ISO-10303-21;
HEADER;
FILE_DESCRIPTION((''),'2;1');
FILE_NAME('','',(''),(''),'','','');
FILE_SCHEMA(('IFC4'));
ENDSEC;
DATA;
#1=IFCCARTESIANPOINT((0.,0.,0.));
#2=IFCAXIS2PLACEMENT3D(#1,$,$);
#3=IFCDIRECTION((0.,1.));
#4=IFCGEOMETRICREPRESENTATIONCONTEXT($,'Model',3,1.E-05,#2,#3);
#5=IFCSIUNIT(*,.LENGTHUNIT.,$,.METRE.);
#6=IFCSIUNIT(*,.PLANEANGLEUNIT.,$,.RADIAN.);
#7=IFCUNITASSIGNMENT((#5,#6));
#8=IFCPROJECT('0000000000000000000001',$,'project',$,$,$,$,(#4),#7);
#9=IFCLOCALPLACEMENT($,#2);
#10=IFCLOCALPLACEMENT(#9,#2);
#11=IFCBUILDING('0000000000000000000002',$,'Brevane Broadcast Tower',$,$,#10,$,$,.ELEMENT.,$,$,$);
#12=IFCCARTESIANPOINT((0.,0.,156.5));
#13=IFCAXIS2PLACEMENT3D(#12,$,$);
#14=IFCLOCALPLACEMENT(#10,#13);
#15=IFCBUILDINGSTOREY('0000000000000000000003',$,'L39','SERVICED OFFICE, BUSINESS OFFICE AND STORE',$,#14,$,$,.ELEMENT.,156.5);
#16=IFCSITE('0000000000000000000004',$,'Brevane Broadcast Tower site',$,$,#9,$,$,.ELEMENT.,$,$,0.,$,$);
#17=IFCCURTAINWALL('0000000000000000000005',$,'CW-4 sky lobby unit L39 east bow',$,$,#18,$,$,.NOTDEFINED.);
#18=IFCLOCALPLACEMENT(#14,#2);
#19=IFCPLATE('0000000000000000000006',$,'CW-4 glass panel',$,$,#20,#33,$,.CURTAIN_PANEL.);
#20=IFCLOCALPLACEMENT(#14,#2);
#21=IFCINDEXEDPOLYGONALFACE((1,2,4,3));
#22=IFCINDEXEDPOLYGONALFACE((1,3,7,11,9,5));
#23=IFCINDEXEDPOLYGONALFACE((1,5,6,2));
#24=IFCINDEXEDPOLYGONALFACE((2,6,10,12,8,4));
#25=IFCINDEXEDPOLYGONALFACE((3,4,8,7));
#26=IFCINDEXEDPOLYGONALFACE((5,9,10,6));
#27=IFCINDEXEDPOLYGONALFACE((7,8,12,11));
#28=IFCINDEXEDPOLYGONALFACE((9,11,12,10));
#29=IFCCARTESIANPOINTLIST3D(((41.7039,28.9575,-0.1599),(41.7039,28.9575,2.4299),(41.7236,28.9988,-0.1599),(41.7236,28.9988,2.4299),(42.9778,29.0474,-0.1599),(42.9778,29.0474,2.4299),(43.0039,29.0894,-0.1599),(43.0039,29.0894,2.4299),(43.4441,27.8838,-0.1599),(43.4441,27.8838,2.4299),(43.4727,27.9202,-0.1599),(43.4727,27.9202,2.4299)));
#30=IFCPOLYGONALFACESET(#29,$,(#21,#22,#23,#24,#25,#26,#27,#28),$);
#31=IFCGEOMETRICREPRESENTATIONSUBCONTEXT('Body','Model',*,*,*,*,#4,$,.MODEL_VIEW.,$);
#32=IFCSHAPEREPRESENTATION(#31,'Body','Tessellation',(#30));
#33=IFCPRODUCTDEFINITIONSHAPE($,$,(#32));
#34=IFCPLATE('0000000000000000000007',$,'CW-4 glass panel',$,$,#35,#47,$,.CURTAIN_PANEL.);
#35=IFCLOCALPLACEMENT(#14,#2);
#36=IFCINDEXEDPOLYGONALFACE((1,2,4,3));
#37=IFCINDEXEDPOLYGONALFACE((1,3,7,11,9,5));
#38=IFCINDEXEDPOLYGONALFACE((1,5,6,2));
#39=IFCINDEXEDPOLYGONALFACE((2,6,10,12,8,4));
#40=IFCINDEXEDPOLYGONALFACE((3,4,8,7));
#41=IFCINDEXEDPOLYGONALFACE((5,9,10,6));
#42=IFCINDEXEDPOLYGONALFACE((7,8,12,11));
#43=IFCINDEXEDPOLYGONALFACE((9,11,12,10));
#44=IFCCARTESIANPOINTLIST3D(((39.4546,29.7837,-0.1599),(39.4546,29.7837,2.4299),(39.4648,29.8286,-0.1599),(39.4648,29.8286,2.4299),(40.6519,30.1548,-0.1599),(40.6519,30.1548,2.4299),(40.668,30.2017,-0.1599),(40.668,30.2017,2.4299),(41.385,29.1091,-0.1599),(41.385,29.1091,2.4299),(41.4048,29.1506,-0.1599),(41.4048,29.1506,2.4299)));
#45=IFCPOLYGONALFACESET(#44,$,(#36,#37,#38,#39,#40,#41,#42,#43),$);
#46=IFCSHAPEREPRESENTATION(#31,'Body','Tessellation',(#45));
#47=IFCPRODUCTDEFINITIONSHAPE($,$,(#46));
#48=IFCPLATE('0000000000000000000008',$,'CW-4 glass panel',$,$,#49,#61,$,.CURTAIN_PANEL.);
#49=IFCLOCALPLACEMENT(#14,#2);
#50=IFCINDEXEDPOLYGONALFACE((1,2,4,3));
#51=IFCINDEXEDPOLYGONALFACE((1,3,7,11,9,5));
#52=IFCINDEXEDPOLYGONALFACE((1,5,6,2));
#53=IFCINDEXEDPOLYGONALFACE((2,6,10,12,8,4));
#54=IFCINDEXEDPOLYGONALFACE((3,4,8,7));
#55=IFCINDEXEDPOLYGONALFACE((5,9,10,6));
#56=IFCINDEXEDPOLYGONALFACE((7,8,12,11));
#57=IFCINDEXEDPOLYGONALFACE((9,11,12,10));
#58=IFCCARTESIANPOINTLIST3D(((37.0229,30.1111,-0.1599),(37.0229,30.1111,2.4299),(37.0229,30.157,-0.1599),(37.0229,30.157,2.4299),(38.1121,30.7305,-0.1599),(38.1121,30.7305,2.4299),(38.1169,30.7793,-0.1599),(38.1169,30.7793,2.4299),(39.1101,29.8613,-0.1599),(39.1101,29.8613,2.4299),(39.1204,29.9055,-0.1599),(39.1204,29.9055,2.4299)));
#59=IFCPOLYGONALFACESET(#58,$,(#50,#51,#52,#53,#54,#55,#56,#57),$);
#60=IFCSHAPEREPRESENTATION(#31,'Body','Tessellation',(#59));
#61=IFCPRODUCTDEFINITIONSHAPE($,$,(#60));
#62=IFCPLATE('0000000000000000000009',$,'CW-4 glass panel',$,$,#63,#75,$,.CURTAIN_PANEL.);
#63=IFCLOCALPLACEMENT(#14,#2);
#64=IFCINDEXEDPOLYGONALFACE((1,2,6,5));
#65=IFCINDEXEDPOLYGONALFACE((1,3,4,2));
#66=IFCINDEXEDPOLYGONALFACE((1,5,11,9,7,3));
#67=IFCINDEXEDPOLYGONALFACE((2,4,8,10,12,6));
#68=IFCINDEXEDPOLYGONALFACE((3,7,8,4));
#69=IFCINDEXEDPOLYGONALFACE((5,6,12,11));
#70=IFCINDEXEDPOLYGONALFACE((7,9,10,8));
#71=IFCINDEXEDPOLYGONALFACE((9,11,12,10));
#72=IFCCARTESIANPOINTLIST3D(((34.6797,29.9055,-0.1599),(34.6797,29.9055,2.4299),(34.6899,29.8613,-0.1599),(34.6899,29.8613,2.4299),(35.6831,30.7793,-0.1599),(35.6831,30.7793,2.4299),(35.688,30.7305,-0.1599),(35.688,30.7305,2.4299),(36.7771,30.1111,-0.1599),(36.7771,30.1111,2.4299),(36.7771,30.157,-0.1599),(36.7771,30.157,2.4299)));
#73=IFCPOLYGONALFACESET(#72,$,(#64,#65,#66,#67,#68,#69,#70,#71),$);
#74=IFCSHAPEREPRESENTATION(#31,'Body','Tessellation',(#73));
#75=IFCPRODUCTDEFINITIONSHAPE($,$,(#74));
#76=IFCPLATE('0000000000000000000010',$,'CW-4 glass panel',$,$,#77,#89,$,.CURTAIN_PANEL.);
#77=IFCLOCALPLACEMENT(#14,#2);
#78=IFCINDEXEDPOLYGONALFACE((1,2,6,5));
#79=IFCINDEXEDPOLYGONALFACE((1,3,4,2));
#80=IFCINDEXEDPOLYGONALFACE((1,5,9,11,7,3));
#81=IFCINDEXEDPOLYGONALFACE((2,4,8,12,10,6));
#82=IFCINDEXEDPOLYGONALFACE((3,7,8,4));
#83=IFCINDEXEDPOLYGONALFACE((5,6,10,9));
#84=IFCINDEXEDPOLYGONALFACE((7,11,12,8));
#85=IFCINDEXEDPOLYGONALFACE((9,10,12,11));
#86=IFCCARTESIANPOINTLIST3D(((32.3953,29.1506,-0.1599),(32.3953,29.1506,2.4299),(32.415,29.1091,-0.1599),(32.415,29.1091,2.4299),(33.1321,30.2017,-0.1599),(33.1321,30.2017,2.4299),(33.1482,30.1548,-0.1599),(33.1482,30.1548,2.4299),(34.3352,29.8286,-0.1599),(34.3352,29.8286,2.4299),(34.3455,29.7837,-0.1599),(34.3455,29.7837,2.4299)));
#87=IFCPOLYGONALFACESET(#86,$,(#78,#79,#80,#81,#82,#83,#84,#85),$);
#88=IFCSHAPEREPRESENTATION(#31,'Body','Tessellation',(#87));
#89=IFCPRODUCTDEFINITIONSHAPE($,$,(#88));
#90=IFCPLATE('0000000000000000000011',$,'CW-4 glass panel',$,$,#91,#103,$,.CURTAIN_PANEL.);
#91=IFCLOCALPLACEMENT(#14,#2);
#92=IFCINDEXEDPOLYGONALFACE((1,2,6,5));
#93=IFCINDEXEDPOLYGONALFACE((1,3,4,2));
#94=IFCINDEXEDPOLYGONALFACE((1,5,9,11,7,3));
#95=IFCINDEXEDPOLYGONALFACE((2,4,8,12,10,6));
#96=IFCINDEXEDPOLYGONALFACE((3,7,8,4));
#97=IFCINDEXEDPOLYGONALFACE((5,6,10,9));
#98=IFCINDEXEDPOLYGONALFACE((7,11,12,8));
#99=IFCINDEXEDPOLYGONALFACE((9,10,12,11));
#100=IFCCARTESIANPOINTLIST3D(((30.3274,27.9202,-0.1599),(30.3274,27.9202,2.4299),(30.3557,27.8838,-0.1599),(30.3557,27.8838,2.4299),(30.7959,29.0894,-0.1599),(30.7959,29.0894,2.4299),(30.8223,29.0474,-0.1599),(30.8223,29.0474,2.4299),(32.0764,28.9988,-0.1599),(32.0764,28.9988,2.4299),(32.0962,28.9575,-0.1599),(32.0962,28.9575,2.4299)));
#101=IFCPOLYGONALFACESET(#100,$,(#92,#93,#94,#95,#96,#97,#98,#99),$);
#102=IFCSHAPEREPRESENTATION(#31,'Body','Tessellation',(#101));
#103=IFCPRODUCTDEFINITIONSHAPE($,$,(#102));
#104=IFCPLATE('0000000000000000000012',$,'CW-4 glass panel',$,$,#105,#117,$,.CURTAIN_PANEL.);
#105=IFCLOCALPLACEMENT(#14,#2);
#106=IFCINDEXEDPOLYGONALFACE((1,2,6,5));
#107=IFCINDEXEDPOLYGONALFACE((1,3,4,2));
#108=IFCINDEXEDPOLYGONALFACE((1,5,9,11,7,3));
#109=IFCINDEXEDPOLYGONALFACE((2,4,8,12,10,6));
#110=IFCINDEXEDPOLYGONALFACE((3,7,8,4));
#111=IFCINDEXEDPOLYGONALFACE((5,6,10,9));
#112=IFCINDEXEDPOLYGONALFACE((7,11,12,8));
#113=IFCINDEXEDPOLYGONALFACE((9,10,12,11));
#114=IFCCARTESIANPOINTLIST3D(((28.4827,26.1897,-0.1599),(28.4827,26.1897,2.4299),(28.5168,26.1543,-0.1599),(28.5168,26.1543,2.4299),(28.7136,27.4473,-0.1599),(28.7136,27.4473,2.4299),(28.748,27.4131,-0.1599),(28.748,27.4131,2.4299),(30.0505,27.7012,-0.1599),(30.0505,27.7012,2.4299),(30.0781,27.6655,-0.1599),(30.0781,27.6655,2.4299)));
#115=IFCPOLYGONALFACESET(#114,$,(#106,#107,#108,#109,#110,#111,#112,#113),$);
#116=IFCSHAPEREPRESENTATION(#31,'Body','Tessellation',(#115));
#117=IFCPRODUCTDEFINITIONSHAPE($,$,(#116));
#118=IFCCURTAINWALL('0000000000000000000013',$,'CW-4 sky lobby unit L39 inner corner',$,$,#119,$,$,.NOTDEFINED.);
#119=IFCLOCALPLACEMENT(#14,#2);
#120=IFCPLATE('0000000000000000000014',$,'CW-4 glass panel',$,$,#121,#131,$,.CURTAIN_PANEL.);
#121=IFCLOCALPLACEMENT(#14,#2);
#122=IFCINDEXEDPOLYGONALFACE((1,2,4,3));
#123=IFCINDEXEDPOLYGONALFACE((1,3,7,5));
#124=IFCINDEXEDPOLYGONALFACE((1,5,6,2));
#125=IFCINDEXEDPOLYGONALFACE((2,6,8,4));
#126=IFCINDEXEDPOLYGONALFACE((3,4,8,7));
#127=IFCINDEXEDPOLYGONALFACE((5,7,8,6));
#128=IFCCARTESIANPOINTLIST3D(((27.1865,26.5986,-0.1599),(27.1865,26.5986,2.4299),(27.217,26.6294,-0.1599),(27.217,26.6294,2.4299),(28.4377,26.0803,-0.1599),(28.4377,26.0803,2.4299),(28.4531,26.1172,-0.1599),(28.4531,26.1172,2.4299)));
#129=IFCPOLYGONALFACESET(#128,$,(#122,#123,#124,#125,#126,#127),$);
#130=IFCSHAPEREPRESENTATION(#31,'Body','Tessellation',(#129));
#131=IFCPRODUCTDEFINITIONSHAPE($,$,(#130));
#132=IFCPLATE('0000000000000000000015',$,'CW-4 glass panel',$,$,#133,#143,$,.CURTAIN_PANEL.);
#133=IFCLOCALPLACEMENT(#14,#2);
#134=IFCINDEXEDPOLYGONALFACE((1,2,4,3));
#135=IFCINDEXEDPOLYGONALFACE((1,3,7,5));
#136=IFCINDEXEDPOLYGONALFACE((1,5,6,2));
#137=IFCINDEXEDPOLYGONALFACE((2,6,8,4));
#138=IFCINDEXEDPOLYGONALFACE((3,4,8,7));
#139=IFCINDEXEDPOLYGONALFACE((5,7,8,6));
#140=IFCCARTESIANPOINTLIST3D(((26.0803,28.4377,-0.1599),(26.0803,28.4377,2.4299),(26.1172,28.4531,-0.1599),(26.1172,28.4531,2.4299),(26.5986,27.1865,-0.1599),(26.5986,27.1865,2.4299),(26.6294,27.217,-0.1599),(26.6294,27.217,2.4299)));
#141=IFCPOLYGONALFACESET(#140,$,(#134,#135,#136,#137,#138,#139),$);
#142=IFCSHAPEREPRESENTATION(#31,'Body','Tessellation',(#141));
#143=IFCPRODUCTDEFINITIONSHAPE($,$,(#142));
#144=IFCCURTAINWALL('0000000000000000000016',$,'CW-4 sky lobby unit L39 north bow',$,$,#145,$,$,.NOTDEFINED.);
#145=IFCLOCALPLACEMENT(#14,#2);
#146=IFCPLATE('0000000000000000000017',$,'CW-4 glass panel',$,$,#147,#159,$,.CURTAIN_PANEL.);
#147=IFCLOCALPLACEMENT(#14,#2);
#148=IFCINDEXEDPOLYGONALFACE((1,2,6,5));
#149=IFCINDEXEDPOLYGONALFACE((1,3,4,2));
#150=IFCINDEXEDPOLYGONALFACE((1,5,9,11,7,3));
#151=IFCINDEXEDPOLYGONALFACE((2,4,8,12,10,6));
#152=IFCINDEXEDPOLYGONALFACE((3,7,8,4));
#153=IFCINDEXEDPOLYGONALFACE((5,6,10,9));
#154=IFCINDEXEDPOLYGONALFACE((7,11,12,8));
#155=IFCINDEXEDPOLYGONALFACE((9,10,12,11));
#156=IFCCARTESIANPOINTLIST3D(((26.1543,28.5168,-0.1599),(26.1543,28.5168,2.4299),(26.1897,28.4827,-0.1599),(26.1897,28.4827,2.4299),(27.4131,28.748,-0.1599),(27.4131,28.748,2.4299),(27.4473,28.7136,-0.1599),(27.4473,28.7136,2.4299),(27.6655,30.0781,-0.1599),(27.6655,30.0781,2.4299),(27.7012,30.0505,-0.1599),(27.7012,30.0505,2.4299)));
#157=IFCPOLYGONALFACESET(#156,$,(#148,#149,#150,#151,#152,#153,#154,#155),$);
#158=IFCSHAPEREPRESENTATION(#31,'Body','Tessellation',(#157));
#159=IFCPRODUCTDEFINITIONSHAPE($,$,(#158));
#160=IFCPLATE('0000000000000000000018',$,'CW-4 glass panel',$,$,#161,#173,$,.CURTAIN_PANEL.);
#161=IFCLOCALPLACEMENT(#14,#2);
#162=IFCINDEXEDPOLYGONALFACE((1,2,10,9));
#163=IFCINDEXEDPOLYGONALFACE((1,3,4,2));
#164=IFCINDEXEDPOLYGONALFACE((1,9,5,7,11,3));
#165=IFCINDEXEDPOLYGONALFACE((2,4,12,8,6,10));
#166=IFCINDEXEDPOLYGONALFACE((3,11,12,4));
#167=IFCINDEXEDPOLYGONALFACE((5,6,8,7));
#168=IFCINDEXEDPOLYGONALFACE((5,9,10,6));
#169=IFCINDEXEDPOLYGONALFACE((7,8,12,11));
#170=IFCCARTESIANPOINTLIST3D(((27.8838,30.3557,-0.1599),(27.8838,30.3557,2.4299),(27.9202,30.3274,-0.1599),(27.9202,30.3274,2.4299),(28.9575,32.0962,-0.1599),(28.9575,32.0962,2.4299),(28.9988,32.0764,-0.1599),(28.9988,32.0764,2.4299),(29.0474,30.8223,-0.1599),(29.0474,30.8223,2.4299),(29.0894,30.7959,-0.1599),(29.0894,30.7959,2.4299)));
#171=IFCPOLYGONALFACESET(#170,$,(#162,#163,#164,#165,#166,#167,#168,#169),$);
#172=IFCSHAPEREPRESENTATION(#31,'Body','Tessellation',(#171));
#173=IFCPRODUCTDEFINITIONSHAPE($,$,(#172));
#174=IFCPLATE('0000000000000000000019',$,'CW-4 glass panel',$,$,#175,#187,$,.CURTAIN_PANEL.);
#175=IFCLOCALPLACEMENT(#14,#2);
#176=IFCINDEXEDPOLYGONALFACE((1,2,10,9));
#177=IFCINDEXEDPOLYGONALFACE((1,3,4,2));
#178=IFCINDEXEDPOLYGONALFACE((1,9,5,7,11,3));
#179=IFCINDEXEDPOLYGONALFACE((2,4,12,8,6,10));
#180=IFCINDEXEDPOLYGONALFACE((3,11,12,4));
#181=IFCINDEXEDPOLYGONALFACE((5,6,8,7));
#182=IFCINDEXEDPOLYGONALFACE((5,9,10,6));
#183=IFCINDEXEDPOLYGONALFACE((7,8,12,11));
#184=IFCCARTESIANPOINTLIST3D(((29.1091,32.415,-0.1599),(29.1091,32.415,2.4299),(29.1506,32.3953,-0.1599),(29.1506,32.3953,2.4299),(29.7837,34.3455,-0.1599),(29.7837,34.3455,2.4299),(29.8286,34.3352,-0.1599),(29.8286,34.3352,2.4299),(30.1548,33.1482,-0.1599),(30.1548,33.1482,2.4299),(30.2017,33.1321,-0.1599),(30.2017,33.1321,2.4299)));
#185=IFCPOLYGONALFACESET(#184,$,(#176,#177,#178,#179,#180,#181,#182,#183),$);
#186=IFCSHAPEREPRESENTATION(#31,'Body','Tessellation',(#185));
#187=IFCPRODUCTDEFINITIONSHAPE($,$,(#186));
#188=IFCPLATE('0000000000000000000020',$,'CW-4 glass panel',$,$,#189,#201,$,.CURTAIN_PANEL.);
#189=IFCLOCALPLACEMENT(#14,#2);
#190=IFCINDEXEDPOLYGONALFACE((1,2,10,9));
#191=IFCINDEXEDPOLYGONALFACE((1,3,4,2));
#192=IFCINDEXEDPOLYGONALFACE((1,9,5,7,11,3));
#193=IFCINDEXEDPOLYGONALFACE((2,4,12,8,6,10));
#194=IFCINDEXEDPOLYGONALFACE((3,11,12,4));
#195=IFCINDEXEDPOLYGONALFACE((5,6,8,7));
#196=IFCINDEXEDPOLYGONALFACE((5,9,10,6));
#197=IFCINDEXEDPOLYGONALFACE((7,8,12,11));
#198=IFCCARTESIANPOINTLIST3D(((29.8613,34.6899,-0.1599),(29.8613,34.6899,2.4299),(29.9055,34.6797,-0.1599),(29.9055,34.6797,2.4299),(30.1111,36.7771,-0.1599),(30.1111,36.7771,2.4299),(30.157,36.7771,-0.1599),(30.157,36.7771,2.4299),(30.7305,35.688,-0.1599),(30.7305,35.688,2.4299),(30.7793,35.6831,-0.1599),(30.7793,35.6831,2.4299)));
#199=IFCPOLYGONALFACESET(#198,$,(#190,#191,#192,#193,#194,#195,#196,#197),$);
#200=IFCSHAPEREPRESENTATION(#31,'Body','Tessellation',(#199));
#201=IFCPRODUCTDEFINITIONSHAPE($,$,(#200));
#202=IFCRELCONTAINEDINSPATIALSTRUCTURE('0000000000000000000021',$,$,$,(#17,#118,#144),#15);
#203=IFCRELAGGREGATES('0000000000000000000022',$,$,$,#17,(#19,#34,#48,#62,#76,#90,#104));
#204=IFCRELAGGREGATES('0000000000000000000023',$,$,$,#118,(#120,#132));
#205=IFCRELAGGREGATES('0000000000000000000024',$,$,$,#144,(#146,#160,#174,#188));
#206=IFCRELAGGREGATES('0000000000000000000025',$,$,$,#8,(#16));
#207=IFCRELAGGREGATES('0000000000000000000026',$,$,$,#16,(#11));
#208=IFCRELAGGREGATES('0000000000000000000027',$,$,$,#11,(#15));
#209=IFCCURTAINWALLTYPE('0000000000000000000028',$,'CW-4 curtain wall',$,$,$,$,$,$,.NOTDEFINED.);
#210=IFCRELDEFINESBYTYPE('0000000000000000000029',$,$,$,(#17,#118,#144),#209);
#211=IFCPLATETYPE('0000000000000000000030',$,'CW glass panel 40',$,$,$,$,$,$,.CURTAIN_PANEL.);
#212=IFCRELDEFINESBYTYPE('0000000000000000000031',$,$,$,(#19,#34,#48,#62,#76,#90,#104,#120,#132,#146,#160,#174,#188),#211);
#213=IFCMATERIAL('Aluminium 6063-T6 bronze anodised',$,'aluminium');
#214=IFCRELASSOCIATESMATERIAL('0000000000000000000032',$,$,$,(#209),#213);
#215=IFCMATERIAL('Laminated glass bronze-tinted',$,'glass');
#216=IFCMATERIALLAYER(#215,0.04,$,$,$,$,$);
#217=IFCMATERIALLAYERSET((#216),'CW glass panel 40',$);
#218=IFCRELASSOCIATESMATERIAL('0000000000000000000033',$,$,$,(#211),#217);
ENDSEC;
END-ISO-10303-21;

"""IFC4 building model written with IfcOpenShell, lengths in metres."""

from ifc_helpers import new_model, si_unit, direction, frame, origin, place, context, subcontext, project, spatial, polyline, outline, extrude, material, layer, layer_set, type_object, element, aggregate, save


model = new_model("IFC4")

# Units and contexts
model_context = context("Model", 3, precision=1e-05, world=origin(), true_north=direction((0.0, 1.0)))
body_context = subcontext(model_context, "Body", "Model", "MODEL_VIEW")
ifc_project = project(units=[si_unit("LENGTHUNIT", "METRE"), si_unit("PLANEANGLEUNIT", "RADIAN")], contexts=[model_context])

# Site, building, storey
site_placement = place(None, origin())
site = spatial("IfcSite", under=ifc_project, at=site_placement, Name="Brevane Broadcast Tower site", CompositionType="ELEMENT", RefElevation=0.0)
building_placement = place(site_placement, origin())
building = spatial("IfcBuilding", under=site, at=building_placement, Name="Brevane Broadcast Tower", CompositionType="ELEMENT")
storey_placement = place(building_placement, frame((0.0, 0.0, 156.5)))
storey = spatial("IfcBuildingStorey", under=building, at=storey_placement, Name="L39", Description="SERVICED OFFICE, BUSINESS OFFICE AND STORE", CompositionType="ELEMENT", Elevation=156.5)

# Curtain walls, plates
ifc_material_1 = material(Name="Aluminium 6063-T6 bronze anodised", Category="aluminium")
curtain_wall_type = type_object("IfcCurtainWallType", Name="CW-4 curtain wall", PredefinedType="NOTDEFINED", material=ifc_material_1)
ifc_material_2 = material(Name="Laminated glass bronze-tinted", Category="glass")
ifc_layer = layer(ifc_material_2, 0.04)
ifc_layer_set = layer_set([ifc_layer], Name="CW glass panel 40")
plate_type = type_object("IfcPlateType", Name="CW glass panel 40", PredefinedType="CURTAIN_PANEL", material=ifc_layer_set)
curtain_wall_1_placement = place(storey_placement, origin())
curtain_wall_1 = element("IfcCurtainWall", 1, at=curtain_wall_1_placement, inside=storey, type_object=curtain_wall_type, Name="CW-4 sky lobby unit L39 east bow", PredefinedType="NOTDEFINED")
plate_1_placement = place(storey_placement, frame((0.0, 0.0, -0.1599)))
plate_1 = element("IfcPlate", 2, at=plate_1_placement, type_object=plate_type, Name="CW-4 glass panel", PredefinedType="CURTAIN_PANEL", context=body_context, shape_type="SweptSolid", body=[
    extrude(outline(polyline([(43.4441, 27.8838), (43.4727, 27.9202), (43.0039, 29.0894), (41.7236, 28.9988), (41.7039, 28.9575), (42.9778, 29.0474), (43.4441, 27.8838)])), origin(), (0.0, 0.0, 1.0), 2.5898),
])
plate_2_placement = place(storey_placement, frame((0.0, 0.0, -0.1599)))
plate_2 = element("IfcPlate", 3, at=plate_2_placement, type_object=plate_type, Name="CW-4 glass panel", PredefinedType="CURTAIN_PANEL", context=body_context, shape_type="SweptSolid", body=[
    extrude(outline(polyline([(41.385, 29.1091), (41.4048, 29.1506), (40.668, 30.2017), (39.4648, 29.8286), (39.4546, 29.7837), (40.6519, 30.1548), (41.385, 29.1091)])), origin(), (0.0, 0.0, 1.0), 2.5898),
])
plate_3_placement = place(storey_placement, frame((0.0, 0.0, -0.1599)))
plate_3 = element("IfcPlate", 4, at=plate_3_placement, type_object=plate_type, Name="CW-4 glass panel", PredefinedType="CURTAIN_PANEL", context=body_context, shape_type="SweptSolid", body=[
    extrude(outline(polyline([(39.1101, 29.8613), (39.1204, 29.9055), (38.1169, 30.7793), (37.0229, 30.157), (37.0229, 30.1111), (38.1121, 30.7305), (39.1101, 29.8613)])), origin(), (0.0, 0.0, 1.0), 2.5898),
])
plate_4_placement = place(storey_placement, frame((0.0, 0.0, -0.1599)))
plate_4 = element("IfcPlate", 5, at=plate_4_placement, type_object=plate_type, Name="CW-4 glass panel", PredefinedType="CURTAIN_PANEL", context=body_context, shape_type="SweptSolid", body=[
    extrude(outline(polyline([(36.7771, 30.1111), (36.7771, 30.157), (35.6831, 30.7793), (34.6797, 29.9055), (34.6899, 29.8613), (35.688, 30.7305), (36.7771, 30.1111)])), origin(), (0.0, 0.0, 1.0), 2.5898),
])
plate_5_placement = place(storey_placement, frame((0.0, 0.0, -0.1599)))
plate_5 = element("IfcPlate", 6, at=plate_5_placement, type_object=plate_type, Name="CW-4 glass panel", PredefinedType="CURTAIN_PANEL", context=body_context, shape_type="SweptSolid", body=[
    extrude(outline(polyline([(34.3455, 29.7837), (34.3352, 29.8286), (33.1321, 30.2017), (32.3953, 29.1506), (32.415, 29.1091), (33.1482, 30.1548), (34.3455, 29.7837)])), origin(), (0.0, 0.0, 1.0), 2.5898),
])
plate_6_placement = place(storey_placement, frame((0.0, 0.0, -0.1599)))
plate_6 = element("IfcPlate", 7, at=plate_6_placement, type_object=plate_type, Name="CW-4 glass panel", PredefinedType="CURTAIN_PANEL", context=body_context, shape_type="SweptSolid", body=[
    extrude(outline(polyline([(32.0962, 28.9575), (32.0764, 28.9988), (30.7959, 29.0894), (30.3274, 27.9202), (30.3557, 27.8838), (30.8223, 29.0474), (32.0962, 28.9575)])), origin(), (0.0, 0.0, 1.0), 2.5898),
])
plate_7_placement = place(storey_placement, frame((0.0, 0.0, -0.1599)))
plate_7 = element("IfcPlate", 8, at=plate_7_placement, type_object=plate_type, Name="CW-4 glass panel", PredefinedType="CURTAIN_PANEL", context=body_context, shape_type="SweptSolid", body=[
    extrude(outline(polyline([(30.0781, 27.6655), (30.0505, 27.7012), (28.7136, 27.4473), (28.4827, 26.1897), (28.5168, 26.1543), (28.748, 27.4131), (30.0781, 27.6655)])), origin(), (0.0, 0.0, 1.0), 2.5898),
])
aggregate(curtain_wall_1, [plate_1, plate_2, plate_3, plate_4, plate_5, plate_6, plate_7])
curtain_wall_2_placement = place(storey_placement, origin())
curtain_wall_2 = element("IfcCurtainWall", 9, at=curtain_wall_2_placement, inside=storey, type_object=curtain_wall_type, Name="CW-4 sky lobby unit L39 inner corner", PredefinedType="NOTDEFINED")
plate_8_placement = place(storey_placement, frame((0.0, 0.0, -0.1599)))
plate_8 = element("IfcPlate", 10, at=plate_8_placement, type_object=plate_type, Name="CW-4 glass panel", PredefinedType="CURTAIN_PANEL", context=body_context, shape_type="SweptSolid", body=[
    extrude(outline(polyline([(28.4377, 26.0803), (28.4531, 26.1172), (27.217, 26.6294), (27.1865, 26.5986), (28.4377, 26.0803)])), origin(), (0.0, 0.0, 1.0), 2.5898),
])
plate_9_placement = place(storey_placement, frame((0.0, 0.0, -0.1599)))
plate_9 = element("IfcPlate", 11, at=plate_9_placement, type_object=plate_type, Name="CW-4 glass panel", PredefinedType="CURTAIN_PANEL", context=body_context, shape_type="SweptSolid", body=[
    extrude(outline(polyline([(26.5986, 27.1865), (26.6294, 27.217), (26.1172, 28.4531), (26.0803, 28.4377), (26.5986, 27.1865)])), origin(), (0.0, 0.0, 1.0), 2.5898),
])
aggregate(curtain_wall_2, [plate_8, plate_9])
curtain_wall_3_placement = place(storey_placement, origin())
curtain_wall_3 = element("IfcCurtainWall", 12, at=curtain_wall_3_placement, inside=storey, type_object=curtain_wall_type, Name="CW-4 sky lobby unit L39 north bow", PredefinedType="NOTDEFINED")
plate_10_placement = place(storey_placement, frame((0.0, 0.0, -0.1599)))
plate_10 = element("IfcPlate", 13, at=plate_10_placement, type_object=plate_type, Name="CW-4 glass panel", PredefinedType="CURTAIN_PANEL", context=body_context, shape_type="SweptSolid", body=[
    extrude(outline(polyline([(26.1543, 28.5168), (26.1897, 28.4827), (27.4473, 28.7136), (27.7012, 30.0505), (27.6655, 30.0781), (27.4131, 28.748), (26.1543, 28.5168)])), origin(), (0.0, 0.0, 1.0), 2.5898),
])
plate_11_placement = place(storey_placement, frame((0.0, 0.0, -0.1599)))
plate_11 = element("IfcPlate", 14, at=plate_11_placement, type_object=plate_type, Name="CW-4 glass panel", PredefinedType="CURTAIN_PANEL", context=body_context, shape_type="SweptSolid", body=[
    extrude(outline(polyline([(27.8838, 30.3557), (27.9202, 30.3274), (29.0894, 30.7959), (28.9988, 32.0764), (28.9575, 32.0962), (29.0474, 30.8223), (27.8838, 30.3557)])), origin(), (0.0, 0.0, 1.0), 2.5898),
])
plate_12_placement = place(storey_placement, frame((0.0, 0.0, -0.1599)))
plate_12 = element("IfcPlate", 15, at=plate_12_placement, type_object=plate_type, Name="CW-4 glass panel", PredefinedType="CURTAIN_PANEL", context=body_context, shape_type="SweptSolid", body=[
    extrude(outline(polyline([(29.1091, 32.415), (29.1506, 32.3953), (30.2017, 33.1321), (29.8286, 34.3352), (29.7837, 34.3455), (30.1548, 33.1482), (29.1091, 32.415)])), origin(), (0.0, 0.0, 1.0), 2.5898),
])
plate_13_placement = place(storey_placement, frame((0.0, 0.0, -0.1599)))
plate_13 = element("IfcPlate", 16, at=plate_13_placement, type_object=plate_type, Name="CW-4 glass panel", PredefinedType="CURTAIN_PANEL", context=body_context, shape_type="SweptSolid", body=[
    extrude(outline(polyline([(29.8613, 34.6899), (29.9055, 34.6797), (30.7793, 35.6831), (30.157, 36.7771), (30.1111, 36.7771), (30.7305, 35.688), (29.8613, 34.6899)])), origin(), (0.0, 0.0, 1.0), 2.5898),
])
aggregate(curtain_wall_3, [plate_10, plate_11, plate_12, plate_13])

save(model, "model.ifc")
